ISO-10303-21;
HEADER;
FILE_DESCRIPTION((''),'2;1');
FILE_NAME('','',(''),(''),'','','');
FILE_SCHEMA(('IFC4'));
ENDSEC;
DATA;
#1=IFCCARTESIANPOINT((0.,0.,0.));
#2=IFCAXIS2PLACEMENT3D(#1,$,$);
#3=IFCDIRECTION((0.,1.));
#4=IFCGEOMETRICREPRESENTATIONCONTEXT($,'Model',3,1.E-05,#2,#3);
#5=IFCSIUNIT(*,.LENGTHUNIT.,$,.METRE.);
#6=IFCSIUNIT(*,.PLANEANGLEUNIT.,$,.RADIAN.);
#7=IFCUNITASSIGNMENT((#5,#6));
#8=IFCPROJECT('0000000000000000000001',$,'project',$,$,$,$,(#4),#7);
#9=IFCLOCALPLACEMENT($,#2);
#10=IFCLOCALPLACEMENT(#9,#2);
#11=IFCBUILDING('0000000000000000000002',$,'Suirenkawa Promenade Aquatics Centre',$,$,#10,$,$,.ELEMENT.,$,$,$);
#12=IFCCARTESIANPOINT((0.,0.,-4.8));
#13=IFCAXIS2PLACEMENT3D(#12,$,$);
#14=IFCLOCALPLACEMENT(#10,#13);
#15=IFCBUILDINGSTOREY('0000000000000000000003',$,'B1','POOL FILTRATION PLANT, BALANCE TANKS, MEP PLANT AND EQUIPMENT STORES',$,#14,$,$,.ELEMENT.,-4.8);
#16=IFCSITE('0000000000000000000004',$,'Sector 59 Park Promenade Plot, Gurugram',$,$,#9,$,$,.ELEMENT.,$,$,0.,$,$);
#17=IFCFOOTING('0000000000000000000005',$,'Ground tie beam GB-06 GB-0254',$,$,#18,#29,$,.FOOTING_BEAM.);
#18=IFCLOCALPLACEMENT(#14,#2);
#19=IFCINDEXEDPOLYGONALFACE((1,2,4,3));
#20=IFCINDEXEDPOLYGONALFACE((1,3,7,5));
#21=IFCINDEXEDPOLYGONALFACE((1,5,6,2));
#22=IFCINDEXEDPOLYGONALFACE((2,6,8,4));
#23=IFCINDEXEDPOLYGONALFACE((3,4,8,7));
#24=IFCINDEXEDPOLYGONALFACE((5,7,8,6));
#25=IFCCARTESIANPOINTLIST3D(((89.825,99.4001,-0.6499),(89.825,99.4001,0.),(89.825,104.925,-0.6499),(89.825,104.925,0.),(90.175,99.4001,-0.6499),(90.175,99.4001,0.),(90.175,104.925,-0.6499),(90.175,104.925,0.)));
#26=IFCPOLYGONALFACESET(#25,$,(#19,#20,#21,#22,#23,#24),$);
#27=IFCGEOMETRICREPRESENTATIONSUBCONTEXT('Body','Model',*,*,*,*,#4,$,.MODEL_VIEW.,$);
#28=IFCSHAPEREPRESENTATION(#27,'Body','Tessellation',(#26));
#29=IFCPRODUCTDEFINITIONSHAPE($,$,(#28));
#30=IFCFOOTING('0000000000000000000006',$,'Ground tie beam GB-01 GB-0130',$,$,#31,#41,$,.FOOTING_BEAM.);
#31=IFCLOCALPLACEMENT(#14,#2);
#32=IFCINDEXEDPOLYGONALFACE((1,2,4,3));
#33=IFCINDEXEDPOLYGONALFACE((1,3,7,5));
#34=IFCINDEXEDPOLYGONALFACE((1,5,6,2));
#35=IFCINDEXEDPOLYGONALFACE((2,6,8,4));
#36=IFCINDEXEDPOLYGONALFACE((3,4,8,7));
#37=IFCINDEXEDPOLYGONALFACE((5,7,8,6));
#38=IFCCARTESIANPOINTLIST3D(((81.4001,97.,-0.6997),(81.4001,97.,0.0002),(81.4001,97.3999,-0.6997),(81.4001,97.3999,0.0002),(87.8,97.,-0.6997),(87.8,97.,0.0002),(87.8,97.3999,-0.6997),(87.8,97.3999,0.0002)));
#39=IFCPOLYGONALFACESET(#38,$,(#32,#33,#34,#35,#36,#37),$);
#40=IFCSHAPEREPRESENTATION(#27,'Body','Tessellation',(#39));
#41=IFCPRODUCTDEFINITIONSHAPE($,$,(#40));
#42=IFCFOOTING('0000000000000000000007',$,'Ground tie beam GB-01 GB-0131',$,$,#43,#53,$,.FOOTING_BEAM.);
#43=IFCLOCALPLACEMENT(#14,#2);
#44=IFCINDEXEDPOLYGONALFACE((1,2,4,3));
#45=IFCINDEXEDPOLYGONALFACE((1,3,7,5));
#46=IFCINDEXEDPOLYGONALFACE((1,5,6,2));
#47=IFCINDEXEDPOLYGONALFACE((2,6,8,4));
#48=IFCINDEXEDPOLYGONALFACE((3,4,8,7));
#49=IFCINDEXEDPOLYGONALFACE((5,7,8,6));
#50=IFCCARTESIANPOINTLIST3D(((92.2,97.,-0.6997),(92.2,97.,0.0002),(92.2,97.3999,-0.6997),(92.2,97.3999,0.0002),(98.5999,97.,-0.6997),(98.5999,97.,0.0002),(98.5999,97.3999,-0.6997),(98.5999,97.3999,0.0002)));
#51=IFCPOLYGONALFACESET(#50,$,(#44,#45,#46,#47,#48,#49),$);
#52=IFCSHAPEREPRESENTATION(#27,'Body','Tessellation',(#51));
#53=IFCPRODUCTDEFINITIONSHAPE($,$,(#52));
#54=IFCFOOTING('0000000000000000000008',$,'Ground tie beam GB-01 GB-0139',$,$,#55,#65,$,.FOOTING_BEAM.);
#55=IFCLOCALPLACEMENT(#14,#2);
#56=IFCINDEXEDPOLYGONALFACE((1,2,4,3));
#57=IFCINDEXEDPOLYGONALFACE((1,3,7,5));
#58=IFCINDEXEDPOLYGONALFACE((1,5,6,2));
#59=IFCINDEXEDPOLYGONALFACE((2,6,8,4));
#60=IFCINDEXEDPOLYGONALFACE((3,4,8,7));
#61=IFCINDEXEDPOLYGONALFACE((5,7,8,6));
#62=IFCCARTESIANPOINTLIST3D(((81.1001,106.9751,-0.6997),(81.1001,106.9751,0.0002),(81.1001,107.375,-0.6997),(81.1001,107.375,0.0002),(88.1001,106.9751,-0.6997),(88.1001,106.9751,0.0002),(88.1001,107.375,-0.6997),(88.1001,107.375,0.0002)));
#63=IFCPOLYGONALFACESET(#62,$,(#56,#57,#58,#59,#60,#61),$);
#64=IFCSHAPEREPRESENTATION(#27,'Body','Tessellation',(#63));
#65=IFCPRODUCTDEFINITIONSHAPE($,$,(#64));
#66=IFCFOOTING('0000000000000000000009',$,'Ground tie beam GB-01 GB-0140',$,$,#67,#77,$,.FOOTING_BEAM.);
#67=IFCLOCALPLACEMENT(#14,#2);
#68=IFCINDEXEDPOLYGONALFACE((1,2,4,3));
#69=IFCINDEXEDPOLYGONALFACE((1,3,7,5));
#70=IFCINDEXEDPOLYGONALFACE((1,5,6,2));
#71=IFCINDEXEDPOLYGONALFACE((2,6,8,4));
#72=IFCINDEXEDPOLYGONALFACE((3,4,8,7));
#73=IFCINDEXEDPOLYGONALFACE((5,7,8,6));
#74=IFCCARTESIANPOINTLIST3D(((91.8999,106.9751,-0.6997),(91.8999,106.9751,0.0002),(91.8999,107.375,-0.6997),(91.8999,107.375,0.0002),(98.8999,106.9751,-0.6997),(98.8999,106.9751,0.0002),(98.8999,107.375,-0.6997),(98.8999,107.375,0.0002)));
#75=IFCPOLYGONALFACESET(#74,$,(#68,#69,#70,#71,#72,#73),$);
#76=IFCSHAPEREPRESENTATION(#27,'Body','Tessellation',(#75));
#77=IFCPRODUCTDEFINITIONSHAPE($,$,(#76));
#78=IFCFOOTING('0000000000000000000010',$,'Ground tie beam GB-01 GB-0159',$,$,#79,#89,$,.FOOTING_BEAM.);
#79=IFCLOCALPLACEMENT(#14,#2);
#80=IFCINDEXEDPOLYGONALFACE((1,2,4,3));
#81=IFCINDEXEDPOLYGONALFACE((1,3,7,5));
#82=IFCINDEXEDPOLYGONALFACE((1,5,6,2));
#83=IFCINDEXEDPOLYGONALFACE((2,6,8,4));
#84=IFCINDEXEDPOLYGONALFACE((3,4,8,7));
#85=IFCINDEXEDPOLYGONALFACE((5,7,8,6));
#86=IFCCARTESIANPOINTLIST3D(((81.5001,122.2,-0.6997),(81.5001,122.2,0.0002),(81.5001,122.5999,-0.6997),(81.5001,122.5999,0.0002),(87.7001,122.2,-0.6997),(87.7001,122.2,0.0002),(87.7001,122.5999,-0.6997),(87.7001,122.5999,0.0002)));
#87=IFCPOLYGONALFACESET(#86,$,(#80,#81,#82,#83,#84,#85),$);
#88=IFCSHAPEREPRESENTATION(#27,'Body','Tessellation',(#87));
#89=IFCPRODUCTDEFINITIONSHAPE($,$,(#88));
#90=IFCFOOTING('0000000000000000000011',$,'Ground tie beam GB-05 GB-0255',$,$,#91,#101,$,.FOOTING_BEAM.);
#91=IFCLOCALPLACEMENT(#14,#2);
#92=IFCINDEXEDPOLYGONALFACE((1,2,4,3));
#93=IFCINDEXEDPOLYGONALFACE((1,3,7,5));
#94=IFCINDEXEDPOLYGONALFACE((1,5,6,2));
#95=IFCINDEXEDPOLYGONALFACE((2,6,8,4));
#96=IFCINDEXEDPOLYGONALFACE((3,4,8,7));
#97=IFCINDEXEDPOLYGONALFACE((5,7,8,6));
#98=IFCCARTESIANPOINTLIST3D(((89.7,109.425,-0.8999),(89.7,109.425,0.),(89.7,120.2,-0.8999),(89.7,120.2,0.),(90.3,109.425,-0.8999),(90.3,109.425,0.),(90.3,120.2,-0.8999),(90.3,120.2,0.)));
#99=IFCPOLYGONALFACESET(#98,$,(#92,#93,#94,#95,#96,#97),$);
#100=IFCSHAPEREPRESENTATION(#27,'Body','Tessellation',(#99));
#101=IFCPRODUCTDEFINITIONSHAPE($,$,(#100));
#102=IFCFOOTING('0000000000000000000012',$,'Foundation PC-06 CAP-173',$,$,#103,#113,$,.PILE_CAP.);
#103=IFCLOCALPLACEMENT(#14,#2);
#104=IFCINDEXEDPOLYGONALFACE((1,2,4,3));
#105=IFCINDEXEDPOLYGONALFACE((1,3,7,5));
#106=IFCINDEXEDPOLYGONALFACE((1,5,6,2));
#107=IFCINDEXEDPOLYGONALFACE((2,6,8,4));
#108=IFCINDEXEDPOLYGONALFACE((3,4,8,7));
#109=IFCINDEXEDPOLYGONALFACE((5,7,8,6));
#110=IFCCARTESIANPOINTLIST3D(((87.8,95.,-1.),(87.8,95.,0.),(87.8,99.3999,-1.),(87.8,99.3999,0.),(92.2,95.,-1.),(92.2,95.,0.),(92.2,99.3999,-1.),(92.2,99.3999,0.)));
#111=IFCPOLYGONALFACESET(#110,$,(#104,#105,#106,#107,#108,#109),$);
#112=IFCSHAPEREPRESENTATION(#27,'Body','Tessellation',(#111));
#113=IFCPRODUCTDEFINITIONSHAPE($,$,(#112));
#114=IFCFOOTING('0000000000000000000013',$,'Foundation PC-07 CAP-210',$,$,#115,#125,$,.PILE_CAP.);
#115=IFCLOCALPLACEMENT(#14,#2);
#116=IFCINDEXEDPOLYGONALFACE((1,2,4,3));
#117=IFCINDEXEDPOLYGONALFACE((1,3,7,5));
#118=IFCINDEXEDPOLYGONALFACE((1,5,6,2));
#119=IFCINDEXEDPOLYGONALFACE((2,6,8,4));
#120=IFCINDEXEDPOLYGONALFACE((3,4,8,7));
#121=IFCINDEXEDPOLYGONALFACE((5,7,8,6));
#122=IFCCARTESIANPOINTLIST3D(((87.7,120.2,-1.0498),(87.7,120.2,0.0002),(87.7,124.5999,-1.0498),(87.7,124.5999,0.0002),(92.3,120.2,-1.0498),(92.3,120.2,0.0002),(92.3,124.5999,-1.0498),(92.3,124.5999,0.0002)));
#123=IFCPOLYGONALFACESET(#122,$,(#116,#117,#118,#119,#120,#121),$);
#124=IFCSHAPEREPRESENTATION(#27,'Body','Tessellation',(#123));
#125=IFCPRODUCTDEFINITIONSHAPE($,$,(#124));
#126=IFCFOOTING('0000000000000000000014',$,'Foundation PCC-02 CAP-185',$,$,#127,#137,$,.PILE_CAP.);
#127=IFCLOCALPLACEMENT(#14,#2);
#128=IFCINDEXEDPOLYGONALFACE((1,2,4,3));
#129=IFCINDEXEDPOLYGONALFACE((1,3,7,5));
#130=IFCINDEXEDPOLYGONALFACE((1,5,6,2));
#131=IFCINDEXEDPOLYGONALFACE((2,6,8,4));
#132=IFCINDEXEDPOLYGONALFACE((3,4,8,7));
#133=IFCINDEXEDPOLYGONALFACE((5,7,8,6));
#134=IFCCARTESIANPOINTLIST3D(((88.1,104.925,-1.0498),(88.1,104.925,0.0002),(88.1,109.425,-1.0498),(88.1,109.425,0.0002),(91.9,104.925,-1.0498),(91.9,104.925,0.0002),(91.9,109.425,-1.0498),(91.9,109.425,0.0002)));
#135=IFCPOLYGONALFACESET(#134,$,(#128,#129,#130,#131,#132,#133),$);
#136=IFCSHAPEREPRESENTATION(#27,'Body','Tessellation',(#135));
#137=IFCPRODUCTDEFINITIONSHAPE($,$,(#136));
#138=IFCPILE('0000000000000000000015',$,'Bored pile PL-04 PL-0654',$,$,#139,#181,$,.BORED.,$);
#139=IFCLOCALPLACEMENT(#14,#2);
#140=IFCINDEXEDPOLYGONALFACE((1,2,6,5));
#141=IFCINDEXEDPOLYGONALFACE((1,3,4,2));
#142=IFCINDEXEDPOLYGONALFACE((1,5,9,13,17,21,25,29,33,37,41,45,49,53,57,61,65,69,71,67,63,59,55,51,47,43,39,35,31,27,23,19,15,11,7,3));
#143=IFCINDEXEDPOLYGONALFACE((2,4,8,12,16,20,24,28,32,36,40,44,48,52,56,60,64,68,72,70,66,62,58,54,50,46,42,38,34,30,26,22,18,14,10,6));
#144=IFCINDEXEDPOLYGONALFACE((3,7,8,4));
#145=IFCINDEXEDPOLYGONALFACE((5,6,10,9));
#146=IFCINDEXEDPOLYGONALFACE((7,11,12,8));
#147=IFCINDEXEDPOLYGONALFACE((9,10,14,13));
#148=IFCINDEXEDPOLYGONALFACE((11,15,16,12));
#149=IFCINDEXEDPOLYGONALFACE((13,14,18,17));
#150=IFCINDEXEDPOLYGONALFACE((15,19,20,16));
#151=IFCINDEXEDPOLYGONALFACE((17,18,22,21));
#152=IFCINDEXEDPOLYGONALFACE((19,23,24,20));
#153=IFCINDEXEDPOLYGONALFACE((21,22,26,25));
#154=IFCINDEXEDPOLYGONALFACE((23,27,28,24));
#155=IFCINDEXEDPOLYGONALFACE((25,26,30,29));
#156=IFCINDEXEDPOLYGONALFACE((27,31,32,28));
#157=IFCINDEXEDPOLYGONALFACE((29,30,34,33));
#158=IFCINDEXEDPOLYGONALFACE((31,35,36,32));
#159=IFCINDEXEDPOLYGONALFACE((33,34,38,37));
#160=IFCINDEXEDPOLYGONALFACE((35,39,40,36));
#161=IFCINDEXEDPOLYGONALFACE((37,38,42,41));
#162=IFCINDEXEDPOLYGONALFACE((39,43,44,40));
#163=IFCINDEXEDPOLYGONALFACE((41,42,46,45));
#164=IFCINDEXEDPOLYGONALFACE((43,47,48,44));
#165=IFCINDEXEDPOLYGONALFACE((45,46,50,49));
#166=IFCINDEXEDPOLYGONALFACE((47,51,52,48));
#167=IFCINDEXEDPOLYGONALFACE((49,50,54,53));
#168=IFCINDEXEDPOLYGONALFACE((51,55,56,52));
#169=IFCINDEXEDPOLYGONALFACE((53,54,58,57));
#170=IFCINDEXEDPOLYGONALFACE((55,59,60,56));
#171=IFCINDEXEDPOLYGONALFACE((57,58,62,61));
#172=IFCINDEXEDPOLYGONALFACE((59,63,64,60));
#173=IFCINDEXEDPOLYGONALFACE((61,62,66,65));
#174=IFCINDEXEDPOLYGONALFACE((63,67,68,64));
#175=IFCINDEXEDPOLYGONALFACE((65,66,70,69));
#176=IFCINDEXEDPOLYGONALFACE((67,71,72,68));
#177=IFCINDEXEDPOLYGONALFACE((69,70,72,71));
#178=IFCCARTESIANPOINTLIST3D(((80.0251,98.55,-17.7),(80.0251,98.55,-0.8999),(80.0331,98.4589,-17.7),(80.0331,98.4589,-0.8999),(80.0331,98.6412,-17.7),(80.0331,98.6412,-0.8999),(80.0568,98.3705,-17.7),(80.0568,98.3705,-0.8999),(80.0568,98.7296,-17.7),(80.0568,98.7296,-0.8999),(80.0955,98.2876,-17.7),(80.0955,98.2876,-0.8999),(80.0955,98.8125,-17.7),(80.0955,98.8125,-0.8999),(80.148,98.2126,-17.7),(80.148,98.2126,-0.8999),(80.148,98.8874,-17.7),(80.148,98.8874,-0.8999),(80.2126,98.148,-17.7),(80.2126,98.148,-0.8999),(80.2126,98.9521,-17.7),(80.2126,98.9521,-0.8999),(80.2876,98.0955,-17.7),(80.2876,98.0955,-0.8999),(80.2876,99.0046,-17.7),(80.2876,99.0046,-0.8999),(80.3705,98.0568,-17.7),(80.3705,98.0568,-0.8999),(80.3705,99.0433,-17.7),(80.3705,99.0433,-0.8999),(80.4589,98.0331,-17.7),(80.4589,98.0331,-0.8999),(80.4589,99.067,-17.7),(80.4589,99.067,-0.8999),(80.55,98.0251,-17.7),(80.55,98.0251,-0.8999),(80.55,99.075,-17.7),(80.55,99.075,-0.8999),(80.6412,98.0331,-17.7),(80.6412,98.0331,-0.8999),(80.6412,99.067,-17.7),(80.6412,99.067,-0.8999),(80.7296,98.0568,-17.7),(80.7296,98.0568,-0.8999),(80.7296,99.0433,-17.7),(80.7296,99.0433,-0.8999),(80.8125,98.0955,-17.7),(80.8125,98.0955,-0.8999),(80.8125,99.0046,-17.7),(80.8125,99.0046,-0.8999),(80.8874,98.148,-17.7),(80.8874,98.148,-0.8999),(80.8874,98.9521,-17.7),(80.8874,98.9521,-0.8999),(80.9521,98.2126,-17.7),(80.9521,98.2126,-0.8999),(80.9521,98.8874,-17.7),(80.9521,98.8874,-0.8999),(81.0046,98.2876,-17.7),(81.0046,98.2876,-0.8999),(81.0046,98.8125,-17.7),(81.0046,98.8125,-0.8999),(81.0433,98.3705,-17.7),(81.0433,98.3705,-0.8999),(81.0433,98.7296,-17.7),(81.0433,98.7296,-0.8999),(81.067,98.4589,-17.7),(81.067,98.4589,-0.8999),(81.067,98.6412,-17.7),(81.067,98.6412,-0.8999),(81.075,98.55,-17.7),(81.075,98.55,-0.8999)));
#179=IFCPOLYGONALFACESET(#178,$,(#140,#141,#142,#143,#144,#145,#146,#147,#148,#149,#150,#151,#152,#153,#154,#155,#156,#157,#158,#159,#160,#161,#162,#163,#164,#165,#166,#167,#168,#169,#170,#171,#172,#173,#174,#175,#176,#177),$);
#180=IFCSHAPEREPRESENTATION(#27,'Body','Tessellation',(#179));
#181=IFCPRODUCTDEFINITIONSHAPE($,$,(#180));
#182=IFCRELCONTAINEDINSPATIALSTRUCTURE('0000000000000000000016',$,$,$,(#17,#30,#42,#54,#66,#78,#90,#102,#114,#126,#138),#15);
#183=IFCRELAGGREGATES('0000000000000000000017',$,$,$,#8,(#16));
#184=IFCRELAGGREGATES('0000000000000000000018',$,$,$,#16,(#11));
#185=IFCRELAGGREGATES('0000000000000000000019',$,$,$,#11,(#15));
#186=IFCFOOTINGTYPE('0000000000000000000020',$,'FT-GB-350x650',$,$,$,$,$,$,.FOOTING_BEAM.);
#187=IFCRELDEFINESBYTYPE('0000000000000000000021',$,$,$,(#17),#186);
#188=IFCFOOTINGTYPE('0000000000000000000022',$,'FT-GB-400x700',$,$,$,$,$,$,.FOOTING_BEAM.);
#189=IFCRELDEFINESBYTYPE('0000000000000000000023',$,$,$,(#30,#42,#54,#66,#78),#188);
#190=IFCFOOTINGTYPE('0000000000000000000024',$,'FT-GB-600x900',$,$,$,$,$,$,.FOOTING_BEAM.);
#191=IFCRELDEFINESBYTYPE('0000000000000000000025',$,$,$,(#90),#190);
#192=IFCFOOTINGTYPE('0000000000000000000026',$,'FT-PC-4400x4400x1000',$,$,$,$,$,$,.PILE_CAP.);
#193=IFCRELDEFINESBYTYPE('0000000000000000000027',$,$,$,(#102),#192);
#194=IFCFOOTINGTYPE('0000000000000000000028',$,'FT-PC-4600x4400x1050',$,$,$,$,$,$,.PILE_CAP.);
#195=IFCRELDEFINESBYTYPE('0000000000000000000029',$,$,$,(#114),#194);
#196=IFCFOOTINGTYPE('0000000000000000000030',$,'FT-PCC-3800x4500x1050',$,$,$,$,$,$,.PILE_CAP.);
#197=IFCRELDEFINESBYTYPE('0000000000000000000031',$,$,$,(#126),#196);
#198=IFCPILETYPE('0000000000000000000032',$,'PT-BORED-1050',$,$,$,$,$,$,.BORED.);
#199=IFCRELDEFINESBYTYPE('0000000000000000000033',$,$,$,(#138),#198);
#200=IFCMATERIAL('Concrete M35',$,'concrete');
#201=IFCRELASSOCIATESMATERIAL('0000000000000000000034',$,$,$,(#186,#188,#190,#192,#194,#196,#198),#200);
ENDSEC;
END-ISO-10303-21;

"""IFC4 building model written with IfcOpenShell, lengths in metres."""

from ifc_helpers import new_model, si_unit, direction, frame, origin, origin_2d, place, context, subcontext, project, spatial, rectangle, circle, extrude, material, material_profile, profile_set, type_object, element, save


model = new_model("IFC4")

# Units and contexts
model_context = context("Model", 3, precision=1e-05, world=origin(), true_north=direction((0.0, 1.0)))
body_context = subcontext(model_context, "Body", "Model", "MODEL_VIEW")
ifc_project = project(units=[si_unit("LENGTHUNIT", "METRE"), si_unit("PLANEANGLEUNIT", "RADIAN")], contexts=[model_context])

# Site, building, storey
site_placement = place(None, origin())
site = spatial("IfcSite", under=ifc_project, at=site_placement, Name="Sector 59 Park Promenade Plot, Gurugram", CompositionType="ELEMENT", RefElevation=0.0)
building_placement = place(site_placement, origin())
building = spatial("IfcBuilding", under=site, at=building_placement, Name="Suirenkawa Promenade Aquatics Centre", CompositionType="ELEMENT")
storey_placement = place(building_placement, frame((0.0, 0.0, -4.8)))
storey = spatial("IfcBuildingStorey", under=building, at=storey_placement, Name="B1", Description="POOL FILTRATION PLANT, BALANCE TANKS, MEP PLANT AND EQUIPMENT STORES", CompositionType="ELEMENT", Elevation=-4.8)

# Footings
ifc_material_1 = material(Name="Concrete M35", Category="concrete")
footing_type_1 = type_object("IfcFootingType", Name="FT-GB-350x650", PredefinedType="FOOTING_BEAM", material=ifc_material_1)
footing_1_placement = place(storey_placement, frame((90.0, 102.1626, -0.6499), z_axis=(0.0, 0.0, 1.0), x_axis=(0.0, 1.0, 0.0)))
element("IfcFooting", 1, at=footing_1_placement, inside=storey, type_object=footing_type_1, Name="Ground tie beam GB-06 GB-0254", PredefinedType="FOOTING_BEAM", context=body_context, shape_type="SweptSolid", body=[
    extrude(rectangle(XDim=5.5249, YDim=0.3501, at=origin_2d()), origin(), (0.0, 0.0, 1.0), 0.6499),
])
footing_type_2 = type_object("IfcFootingType", Name="FT-GB-400x700", PredefinedType="FOOTING_BEAM", material=ifc_material_1)
for number, where, z_axis, x_axis, name in (
    (2, (84.6001, 97.2, -0.6997), (0.0, 0.0, 1.0), (1.0, 0.0, 0.0), "Ground tie beam GB-01 GB-0130"),
    (3, (95.3999, 97.2, -0.6997), (0.0, 0.0, 1.0), (1.0, 0.0, 0.0), "Ground tie beam GB-01 GB-0131"),
):
    element("IfcFooting", number, at=place(storey_placement, frame(where, z_axis=z_axis, x_axis=x_axis)), inside=storey, type_object=footing_type_2, Name=name, PredefinedType="FOOTING_BEAM", context=body_context, shape_type="SweptSolid", body=[
        extrude(rectangle(XDim=6.3999, YDim=0.3999, at=origin_2d()), origin(), (0.0, 0.0, 1.0), 0.7),
    ])
for number, where, z_axis, x_axis, name in (
    (4, (84.6001, 107.175, -0.6997), (0.0, 0.0, 1.0), (1.0, 0.0, 0.0), "Ground tie beam GB-01 GB-0139"),
    (5, (95.3999, 107.175, -0.6997), (0.0, 0.0, 1.0), (1.0, 0.0, 0.0), "Ground tie beam GB-01 GB-0140"),
):
    element("IfcFooting", number, at=place(storey_placement, frame(where, z_axis=z_axis, x_axis=x_axis)), inside=storey, type_object=footing_type_2, Name=name, PredefinedType="FOOTING_BEAM", context=body_context, shape_type="SweptSolid", body=[
        extrude(rectangle(XDim=7.0, YDim=0.3999, at=origin_2d()), origin(), (0.0, 0.0, 1.0), 0.7),
    ])
footing_2_placement = place(storey_placement, frame((84.6001, 122.3999, -0.6997), z_axis=(0.0, 0.0, 1.0), x_axis=(1.0, 0.0, 0.0)))
element("IfcFooting", 6, at=footing_2_placement, inside=storey, type_object=footing_type_2, Name="Ground tie beam GB-01 GB-0159", PredefinedType="FOOTING_BEAM", context=body_context, shape_type="SweptSolid", body=[
    extrude(rectangle(XDim=6.2, YDim=0.3999, at=origin_2d()), origin(), (0.0, 0.0, 1.0), 0.7),
])
footing_type_3 = type_object("IfcFootingType", Name="FT-GB-600x900", PredefinedType="FOOTING_BEAM", material=ifc_material_1)
footing_3_placement = place(storey_placement, frame((90.0, 114.8125, -0.8999), z_axis=(0.0, 0.0, 1.0), x_axis=(0.0, 1.0, 0.0)))
element("IfcFooting", 7, at=footing_3_placement, inside=storey, type_object=footing_type_3, Name="Ground tie beam GB-05 GB-0255", PredefinedType="FOOTING_BEAM", context=body_context, shape_type="SweptSolid", body=[
    extrude(rectangle(XDim=10.7749, YDim=0.6001, at=origin_2d()), origin(), (0.0, 0.0, 1.0), 0.8999),
])
footing_type_4 = type_object("IfcFootingType", Name="FT-PC-4400x4400x1000", PredefinedType="PILE_CAP", material=ifc_material_1)
footing_4_placement = place(storey_placement, frame((90.0, 97.2, -1.0), z_axis=(0.0, 0.0, 1.0), x_axis=(1.0, 0.0, 0.0)))
element("IfcFooting", 8, at=footing_4_placement, inside=storey, type_object=footing_type_4, Name="Foundation PC-06 CAP-173", PredefinedType="PILE_CAP", context=body_context, shape_type="SweptSolid", body=[
    extrude(rectangle(XDim=4.3999, YDim=4.3999, at=origin_2d()), origin(), (0.0, 0.0, 1.0), 1.0),
])
footing_type_5 = type_object("IfcFootingType", Name="FT-PC-4600x4400x1050", PredefinedType="PILE_CAP", material=ifc_material_1)
footing_5_placement = place(storey_placement, frame((90.0, 122.3999, -1.0498), z_axis=(0.0, 0.0, 1.0), x_axis=(1.0, 0.0, 0.0)))
element("IfcFooting", 9, at=footing_5_placement, inside=storey, type_object=footing_type_5, Name="Foundation PC-07 CAP-210", PredefinedType="PILE_CAP", context=body_context, shape_type="SweptSolid", body=[
    extrude(rectangle(XDim=4.6001, YDim=4.3999, at=origin_2d()), origin(), (0.0, 0.0, 1.0), 1.05),
])
footing_type_6 = type_object("IfcFootingType", Name="FT-PCC-3800x4500x1050", PredefinedType="PILE_CAP", material=ifc_material_1)
footing_6_placement = place(storey_placement, frame((90.0, 107.175, -1.0498), z_axis=(0.0, 0.0, 1.0), x_axis=(1.0, 0.0, 0.0)))
element("IfcFooting", 10, at=footing_6_placement, inside=storey, type_object=footing_type_6, Name="Foundation PCC-02 CAP-185", PredefinedType="PILE_CAP", context=body_context, shape_type="SweptSolid", body=[
    extrude(rectangle(XDim=3.8, YDim=4.5, at=origin_2d()), origin(), (0.0, 0.0, 1.0), 1.05),
])

# Pile
ifc_material_profile_1 = material_profile(ifc_material_1, circle(Radius=0.5249, at=origin_2d()), Name="PILE D1050", Category="concrete")
ifc_profile_set_1 = profile_set([ifc_material_profile_1], Name="Concrete M35")
pile_type_1 = type_object("IfcPileType", Name="PT-BORED-1050", PredefinedType="BORED", material=ifc_profile_set_1)
for number, where, z_axis, x_axis, name in (
    (11, (80.55, 98.55, -0.8999), (0.0, 0.0, -1.0), (1.0, 0.0, 0.0), "Bored pile PL-04 PL-0654"),
):
    element("IfcPile", number, at=place(storey_placement, frame(where, z_axis=z_axis, x_axis=x_axis)), inside=storey, type_object=pile_type_1, Name=name, PredefinedType="BORED", context=body_context, shape_type="SweptSolid", body=[
        extrude(circle(Radius=0.5249, at=origin_2d()), origin(), (0.0, 0.0, 1.0), 16.8),
    ])

save(model, "model.ifc")
